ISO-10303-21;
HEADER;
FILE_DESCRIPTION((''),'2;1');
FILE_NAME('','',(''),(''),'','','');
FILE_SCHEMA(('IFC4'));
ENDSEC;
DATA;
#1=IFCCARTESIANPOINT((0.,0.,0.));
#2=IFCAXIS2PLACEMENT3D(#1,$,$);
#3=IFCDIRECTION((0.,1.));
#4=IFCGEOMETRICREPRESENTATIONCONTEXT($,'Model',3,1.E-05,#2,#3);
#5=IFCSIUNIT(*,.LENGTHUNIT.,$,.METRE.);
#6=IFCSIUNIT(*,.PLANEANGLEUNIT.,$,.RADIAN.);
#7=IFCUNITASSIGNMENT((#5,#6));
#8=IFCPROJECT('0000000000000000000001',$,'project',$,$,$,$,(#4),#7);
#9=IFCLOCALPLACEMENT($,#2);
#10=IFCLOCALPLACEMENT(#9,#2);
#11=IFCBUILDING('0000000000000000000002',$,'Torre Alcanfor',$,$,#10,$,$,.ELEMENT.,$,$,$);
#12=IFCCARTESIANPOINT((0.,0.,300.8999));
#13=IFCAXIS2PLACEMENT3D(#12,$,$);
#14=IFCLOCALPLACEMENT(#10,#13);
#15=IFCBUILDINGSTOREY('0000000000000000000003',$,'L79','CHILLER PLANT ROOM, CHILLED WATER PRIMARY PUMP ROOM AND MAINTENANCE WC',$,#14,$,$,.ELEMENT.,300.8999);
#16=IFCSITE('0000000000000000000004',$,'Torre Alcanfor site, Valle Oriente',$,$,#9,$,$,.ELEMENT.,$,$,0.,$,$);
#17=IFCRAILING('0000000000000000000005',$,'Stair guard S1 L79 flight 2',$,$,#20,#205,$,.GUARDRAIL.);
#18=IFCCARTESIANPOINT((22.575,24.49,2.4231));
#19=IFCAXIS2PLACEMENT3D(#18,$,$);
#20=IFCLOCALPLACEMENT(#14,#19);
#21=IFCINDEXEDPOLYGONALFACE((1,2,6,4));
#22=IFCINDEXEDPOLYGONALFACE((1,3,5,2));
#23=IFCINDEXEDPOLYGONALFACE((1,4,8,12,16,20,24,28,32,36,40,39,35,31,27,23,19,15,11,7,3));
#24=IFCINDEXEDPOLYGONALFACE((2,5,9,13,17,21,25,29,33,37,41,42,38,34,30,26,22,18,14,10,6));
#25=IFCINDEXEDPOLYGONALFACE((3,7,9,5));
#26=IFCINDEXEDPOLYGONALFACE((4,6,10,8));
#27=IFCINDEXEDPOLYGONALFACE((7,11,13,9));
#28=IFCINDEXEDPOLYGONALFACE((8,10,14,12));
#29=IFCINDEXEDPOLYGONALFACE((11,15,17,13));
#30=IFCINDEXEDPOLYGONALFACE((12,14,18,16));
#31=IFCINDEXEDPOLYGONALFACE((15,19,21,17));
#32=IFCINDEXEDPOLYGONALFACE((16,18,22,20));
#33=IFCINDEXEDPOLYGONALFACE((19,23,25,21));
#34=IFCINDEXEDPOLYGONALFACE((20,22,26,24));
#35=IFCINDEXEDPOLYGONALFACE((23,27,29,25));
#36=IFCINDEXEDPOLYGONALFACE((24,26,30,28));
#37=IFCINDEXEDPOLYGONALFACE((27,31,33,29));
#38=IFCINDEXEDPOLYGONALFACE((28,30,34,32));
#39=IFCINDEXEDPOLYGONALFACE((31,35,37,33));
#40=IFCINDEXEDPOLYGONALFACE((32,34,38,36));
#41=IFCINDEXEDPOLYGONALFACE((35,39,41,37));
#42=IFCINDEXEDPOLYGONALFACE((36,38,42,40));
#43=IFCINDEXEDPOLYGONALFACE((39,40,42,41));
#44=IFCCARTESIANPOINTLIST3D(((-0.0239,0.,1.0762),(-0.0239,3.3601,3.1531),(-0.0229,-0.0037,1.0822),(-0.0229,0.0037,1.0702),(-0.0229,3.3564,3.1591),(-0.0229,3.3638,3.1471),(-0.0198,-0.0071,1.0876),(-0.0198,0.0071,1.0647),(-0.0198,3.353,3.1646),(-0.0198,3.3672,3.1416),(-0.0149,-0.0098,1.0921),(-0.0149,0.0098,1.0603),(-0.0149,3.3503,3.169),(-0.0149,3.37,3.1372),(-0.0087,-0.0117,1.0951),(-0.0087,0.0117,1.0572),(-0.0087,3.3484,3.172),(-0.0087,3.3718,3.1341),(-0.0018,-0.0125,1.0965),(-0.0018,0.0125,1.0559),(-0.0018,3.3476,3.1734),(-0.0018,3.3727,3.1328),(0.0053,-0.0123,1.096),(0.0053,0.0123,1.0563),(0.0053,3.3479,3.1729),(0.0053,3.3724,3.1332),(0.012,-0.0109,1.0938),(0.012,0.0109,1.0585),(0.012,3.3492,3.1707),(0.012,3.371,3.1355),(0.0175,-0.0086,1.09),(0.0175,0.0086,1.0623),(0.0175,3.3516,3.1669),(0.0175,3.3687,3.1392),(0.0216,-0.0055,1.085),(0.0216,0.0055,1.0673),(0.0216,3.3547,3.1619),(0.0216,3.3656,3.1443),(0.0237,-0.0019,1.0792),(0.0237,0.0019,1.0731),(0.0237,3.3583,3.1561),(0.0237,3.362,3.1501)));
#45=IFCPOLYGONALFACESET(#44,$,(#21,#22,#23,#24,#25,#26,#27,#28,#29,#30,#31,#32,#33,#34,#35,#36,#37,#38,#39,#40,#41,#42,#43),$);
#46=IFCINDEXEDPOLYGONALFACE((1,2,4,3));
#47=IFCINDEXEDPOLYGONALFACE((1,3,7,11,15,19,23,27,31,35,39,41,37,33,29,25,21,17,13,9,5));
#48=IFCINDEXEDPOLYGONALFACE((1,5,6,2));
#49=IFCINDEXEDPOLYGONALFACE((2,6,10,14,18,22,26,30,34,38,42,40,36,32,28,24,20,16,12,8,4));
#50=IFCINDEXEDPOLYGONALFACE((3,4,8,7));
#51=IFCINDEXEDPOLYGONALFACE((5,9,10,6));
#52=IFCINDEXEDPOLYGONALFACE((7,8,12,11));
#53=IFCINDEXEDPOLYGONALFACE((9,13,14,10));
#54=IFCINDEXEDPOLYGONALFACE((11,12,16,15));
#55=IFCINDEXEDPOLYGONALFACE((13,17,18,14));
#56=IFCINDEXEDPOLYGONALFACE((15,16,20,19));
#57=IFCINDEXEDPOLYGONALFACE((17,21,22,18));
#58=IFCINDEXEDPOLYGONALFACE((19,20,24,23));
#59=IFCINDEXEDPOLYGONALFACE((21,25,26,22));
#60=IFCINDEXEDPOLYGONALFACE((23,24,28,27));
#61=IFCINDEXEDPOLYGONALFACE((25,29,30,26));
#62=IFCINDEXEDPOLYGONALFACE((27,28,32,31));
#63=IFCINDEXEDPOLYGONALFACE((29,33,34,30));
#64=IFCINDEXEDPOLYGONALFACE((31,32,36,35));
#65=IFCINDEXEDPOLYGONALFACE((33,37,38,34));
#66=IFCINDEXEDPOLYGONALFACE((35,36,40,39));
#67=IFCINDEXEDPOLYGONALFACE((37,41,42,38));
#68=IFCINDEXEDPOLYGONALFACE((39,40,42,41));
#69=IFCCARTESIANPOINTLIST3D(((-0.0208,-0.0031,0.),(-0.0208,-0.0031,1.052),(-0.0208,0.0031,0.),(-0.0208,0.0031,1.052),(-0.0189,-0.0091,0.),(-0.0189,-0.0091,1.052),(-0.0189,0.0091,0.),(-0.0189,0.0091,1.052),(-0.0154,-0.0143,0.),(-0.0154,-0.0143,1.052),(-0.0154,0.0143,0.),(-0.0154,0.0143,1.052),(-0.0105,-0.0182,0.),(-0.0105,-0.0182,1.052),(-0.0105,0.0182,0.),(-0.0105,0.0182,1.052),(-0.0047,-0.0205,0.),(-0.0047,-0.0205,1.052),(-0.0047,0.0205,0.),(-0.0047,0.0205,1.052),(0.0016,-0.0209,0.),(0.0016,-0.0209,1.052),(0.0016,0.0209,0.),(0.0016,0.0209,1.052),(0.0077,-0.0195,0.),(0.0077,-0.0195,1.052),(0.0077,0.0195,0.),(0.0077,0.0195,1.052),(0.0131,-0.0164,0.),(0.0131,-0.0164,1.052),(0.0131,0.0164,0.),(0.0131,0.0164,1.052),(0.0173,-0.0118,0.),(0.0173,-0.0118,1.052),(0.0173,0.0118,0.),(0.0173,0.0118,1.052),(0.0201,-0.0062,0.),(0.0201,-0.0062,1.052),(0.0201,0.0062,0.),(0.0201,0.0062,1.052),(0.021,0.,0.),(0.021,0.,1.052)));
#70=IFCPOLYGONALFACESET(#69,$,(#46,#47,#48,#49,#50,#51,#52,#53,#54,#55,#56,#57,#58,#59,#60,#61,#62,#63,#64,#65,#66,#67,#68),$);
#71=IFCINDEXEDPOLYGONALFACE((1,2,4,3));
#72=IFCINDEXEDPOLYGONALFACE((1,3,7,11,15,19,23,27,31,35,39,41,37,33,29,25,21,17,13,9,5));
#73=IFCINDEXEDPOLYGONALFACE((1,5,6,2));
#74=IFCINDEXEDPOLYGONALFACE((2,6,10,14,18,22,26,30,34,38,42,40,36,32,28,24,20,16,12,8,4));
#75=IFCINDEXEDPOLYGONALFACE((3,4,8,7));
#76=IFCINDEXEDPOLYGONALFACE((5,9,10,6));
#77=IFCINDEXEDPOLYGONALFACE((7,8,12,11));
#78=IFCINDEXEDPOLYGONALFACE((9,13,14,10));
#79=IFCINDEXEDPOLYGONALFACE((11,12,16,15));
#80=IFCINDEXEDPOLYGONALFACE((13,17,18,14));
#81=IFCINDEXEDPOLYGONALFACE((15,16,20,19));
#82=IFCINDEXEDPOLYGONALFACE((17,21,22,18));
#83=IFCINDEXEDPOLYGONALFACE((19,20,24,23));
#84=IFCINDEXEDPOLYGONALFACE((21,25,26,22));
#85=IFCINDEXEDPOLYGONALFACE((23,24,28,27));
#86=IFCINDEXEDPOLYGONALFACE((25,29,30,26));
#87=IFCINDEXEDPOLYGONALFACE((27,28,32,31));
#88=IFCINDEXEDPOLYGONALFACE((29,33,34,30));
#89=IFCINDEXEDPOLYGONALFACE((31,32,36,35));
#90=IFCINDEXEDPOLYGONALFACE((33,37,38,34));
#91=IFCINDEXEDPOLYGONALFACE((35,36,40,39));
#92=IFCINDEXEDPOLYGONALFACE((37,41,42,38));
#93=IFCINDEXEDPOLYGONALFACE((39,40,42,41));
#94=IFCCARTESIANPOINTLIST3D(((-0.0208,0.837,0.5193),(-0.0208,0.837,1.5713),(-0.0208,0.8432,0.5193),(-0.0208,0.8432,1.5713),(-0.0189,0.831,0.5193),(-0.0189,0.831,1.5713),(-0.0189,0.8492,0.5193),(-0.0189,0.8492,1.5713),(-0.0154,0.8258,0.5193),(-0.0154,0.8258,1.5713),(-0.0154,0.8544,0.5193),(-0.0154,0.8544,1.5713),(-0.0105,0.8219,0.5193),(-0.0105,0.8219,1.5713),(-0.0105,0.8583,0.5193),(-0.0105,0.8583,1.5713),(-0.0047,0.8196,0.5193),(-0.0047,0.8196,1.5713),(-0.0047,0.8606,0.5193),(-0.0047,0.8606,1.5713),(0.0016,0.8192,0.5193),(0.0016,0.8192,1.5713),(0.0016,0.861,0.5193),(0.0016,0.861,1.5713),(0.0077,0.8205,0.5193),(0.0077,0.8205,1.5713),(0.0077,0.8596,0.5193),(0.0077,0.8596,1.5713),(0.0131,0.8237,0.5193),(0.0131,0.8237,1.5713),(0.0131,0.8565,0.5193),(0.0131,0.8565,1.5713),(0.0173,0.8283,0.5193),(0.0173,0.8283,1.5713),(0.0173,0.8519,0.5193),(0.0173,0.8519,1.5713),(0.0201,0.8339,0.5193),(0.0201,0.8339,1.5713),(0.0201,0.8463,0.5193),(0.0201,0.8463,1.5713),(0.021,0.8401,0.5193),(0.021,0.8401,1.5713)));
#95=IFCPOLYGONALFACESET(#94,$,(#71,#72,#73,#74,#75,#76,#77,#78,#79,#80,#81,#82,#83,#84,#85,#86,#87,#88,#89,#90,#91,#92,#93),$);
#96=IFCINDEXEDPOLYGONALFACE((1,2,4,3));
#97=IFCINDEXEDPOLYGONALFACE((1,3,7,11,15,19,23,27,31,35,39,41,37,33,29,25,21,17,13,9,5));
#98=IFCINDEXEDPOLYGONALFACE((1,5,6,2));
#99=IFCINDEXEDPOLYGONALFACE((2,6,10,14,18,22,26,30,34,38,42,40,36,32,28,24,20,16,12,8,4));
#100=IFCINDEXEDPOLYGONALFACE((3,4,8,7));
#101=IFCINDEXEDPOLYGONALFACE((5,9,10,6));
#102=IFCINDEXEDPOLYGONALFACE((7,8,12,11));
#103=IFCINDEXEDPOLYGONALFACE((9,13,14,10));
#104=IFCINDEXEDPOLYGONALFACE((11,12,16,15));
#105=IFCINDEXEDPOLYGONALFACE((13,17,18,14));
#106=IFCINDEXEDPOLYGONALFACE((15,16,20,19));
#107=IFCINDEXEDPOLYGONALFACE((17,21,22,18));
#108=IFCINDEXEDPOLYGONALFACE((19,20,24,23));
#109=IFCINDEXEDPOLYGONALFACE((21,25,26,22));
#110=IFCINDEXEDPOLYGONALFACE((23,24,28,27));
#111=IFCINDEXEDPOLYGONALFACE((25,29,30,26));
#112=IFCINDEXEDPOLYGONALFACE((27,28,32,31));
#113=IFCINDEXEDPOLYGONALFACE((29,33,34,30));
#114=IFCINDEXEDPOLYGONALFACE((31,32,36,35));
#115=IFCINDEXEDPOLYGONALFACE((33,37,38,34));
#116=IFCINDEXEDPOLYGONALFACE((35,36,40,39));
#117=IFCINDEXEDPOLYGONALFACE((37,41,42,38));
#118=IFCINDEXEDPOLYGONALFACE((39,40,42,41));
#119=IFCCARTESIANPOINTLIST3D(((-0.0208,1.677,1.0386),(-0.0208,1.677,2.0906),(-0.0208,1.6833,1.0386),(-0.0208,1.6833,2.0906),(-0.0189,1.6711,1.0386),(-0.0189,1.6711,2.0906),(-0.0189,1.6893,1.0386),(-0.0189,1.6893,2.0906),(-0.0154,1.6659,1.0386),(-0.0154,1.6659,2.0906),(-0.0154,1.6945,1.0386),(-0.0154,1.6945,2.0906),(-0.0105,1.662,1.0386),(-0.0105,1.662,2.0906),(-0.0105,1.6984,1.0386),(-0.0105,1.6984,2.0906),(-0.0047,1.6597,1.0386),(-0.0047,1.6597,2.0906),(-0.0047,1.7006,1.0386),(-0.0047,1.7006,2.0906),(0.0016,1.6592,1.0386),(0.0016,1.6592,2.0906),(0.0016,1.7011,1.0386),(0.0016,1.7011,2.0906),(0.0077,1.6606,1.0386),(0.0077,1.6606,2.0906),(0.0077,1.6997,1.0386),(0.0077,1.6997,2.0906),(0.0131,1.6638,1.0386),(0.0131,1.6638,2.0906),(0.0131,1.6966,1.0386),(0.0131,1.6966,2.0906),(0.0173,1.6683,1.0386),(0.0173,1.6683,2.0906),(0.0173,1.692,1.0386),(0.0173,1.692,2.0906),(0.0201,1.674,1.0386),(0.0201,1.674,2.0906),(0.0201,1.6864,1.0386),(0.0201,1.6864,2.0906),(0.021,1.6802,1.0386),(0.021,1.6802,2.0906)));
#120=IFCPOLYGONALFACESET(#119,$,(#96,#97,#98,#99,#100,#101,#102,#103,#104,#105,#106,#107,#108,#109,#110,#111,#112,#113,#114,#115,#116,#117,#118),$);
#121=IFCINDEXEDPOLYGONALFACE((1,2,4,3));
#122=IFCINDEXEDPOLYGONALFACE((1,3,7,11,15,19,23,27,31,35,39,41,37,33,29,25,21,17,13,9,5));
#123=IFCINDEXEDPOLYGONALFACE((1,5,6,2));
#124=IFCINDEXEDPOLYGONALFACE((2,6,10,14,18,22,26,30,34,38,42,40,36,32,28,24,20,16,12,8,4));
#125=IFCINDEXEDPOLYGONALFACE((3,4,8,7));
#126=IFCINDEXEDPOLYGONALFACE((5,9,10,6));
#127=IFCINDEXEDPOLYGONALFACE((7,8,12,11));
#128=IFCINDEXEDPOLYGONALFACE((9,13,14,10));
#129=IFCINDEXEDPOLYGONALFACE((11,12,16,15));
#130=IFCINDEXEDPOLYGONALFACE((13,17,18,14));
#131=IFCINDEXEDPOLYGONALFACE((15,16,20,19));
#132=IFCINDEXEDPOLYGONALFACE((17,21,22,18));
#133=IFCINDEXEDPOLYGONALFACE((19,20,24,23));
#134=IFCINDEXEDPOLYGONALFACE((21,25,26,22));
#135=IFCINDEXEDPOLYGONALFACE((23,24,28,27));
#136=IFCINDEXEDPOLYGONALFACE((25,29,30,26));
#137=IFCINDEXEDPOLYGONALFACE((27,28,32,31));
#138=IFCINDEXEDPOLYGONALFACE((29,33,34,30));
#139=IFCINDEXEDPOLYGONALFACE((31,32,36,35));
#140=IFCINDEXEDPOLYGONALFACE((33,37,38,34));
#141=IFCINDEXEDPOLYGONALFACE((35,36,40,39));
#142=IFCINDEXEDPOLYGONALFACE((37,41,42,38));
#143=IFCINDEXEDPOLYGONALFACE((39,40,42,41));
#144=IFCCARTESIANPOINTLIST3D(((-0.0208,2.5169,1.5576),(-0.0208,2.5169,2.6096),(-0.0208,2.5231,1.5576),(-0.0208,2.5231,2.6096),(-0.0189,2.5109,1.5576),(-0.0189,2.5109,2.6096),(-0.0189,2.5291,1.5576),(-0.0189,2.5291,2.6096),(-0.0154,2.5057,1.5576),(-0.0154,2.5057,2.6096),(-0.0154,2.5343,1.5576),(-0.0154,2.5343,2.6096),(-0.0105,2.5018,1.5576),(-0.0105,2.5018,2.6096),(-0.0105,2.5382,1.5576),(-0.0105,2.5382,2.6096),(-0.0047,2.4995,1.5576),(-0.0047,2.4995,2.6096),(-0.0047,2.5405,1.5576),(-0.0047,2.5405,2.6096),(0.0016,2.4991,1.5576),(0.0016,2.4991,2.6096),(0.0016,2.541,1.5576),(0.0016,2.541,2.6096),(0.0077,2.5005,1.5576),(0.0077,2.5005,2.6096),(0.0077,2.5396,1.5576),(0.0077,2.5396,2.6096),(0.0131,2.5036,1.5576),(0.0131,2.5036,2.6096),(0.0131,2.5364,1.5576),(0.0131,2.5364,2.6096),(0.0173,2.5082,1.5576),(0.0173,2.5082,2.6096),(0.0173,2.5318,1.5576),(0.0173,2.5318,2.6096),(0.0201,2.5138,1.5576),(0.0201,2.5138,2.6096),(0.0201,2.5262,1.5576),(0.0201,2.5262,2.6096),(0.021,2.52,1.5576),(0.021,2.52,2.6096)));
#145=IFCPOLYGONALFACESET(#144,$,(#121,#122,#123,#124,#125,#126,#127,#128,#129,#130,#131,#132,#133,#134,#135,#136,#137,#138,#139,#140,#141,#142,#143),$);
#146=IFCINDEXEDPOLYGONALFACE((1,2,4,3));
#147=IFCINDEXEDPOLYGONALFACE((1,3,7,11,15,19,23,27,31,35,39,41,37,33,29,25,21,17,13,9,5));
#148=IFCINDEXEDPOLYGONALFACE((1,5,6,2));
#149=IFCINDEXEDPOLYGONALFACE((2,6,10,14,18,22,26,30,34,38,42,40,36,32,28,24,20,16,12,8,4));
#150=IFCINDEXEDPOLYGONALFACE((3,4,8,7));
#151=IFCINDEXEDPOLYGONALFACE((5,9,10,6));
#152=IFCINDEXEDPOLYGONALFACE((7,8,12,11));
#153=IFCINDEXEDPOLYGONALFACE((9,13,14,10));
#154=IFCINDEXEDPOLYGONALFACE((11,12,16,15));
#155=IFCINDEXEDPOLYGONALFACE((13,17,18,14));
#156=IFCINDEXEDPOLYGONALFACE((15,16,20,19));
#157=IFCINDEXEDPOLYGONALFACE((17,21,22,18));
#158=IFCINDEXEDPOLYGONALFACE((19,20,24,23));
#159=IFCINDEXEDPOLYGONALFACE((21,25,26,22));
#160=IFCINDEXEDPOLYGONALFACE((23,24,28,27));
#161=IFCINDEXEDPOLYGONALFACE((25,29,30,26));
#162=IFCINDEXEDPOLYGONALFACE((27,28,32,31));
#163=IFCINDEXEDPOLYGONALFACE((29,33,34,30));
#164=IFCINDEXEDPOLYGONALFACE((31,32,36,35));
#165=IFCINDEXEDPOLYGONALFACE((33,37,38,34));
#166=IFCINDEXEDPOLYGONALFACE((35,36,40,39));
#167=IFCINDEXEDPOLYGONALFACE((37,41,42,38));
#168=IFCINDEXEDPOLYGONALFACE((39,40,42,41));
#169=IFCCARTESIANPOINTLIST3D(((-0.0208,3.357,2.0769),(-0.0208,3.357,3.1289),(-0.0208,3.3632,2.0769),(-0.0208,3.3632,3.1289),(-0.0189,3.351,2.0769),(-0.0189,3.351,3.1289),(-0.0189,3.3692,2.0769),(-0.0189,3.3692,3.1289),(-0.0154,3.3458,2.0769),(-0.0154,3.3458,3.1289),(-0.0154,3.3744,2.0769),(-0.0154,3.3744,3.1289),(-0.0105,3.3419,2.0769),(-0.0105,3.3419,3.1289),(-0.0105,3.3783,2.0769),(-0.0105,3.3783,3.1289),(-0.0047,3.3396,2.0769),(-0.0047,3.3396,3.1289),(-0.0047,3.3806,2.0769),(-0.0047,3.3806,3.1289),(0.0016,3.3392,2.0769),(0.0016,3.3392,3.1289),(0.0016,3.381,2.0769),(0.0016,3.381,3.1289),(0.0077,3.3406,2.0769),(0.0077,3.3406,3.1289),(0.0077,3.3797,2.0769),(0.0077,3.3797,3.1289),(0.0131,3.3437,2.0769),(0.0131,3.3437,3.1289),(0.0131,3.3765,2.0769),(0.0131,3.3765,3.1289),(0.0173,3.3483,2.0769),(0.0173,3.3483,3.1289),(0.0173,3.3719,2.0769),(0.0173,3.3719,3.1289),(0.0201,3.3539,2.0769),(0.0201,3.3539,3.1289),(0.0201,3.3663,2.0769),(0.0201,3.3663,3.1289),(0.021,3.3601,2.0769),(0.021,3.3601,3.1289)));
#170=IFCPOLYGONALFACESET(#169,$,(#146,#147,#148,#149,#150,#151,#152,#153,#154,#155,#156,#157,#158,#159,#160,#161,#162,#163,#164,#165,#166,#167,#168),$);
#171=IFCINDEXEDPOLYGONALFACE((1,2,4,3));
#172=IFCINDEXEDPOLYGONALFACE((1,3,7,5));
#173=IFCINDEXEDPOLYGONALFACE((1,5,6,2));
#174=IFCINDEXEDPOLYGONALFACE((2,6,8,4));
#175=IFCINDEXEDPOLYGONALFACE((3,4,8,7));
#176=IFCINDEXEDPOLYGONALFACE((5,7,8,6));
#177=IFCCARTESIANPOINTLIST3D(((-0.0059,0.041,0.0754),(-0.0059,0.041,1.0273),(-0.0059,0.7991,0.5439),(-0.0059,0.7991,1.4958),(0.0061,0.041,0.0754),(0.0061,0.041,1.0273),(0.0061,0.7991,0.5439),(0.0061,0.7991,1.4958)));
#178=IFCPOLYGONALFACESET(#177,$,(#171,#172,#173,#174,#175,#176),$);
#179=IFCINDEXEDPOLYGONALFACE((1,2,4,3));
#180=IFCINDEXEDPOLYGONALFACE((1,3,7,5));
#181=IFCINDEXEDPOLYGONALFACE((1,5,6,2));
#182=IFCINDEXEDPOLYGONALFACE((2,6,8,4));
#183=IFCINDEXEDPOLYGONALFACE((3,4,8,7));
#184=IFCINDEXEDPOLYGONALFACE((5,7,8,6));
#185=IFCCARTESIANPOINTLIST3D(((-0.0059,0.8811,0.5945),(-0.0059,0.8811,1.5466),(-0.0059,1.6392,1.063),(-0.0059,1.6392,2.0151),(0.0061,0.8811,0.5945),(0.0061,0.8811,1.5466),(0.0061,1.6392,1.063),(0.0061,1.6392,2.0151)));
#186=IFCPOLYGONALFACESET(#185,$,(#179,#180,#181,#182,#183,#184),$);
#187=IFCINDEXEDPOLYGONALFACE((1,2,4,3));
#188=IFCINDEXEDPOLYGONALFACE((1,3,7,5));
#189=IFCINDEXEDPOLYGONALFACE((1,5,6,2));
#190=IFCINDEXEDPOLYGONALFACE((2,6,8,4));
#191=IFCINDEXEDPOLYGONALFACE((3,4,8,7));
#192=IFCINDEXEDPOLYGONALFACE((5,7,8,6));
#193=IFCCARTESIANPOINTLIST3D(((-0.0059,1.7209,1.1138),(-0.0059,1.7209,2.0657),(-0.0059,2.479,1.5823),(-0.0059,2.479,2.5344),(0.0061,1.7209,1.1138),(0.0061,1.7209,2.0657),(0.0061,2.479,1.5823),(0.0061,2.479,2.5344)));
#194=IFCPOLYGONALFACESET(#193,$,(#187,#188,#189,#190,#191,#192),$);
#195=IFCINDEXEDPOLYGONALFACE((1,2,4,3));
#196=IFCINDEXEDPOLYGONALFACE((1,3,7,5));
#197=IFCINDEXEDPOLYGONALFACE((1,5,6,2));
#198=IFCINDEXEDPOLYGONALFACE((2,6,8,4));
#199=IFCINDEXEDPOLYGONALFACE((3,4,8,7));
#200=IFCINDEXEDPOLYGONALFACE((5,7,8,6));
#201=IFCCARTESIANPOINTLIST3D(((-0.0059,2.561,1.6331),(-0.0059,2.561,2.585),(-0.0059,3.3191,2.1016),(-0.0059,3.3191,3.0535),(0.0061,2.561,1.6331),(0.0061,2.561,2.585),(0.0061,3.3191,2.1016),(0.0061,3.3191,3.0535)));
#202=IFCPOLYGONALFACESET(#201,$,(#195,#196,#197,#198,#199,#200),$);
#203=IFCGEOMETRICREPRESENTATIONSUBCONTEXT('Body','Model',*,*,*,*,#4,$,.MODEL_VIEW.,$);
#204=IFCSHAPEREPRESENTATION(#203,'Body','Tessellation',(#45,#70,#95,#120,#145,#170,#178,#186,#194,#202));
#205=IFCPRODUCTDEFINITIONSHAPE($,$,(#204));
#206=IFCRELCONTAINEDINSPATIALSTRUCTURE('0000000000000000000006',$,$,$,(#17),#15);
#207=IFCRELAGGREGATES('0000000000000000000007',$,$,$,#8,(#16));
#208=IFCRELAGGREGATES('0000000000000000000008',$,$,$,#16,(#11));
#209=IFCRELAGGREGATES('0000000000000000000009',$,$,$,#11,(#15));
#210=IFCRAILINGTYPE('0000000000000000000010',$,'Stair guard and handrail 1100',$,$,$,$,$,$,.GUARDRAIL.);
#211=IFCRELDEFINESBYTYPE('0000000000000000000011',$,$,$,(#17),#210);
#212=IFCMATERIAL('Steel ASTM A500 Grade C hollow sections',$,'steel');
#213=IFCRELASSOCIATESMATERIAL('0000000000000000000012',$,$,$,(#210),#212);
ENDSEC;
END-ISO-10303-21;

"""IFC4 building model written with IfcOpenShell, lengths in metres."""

from ifc_helpers import new_model, si_unit, direction, frame, origin, origin_2d, place, context, subcontext, project, spatial, polyline, circle, outline, extrude, material, type_object, element, save


model = new_model("IFC4")

# Units and contexts
model_context = context("Model", 3, precision=1e-05, world=origin(), true_north=direction((0.0, 1.0)))
body_context = subcontext(model_context, "Body", "Model", "MODEL_VIEW")
ifc_project = project(units=[si_unit("LENGTHUNIT", "METRE"), si_unit("PLANEANGLEUNIT", "RADIAN")], contexts=[model_context])

# Site, building, storey
site_placement = place(None, origin())
site = spatial("IfcSite", under=ifc_project, at=site_placement, Name="Torre Alcanfor site, Valle Oriente", CompositionType="ELEMENT", RefElevation=0.0)
building_placement = place(site_placement, origin())
building = spatial("IfcBuilding", under=site, at=building_placement, Name="Torre Alcanfor", CompositionType="ELEMENT")
storey_placement = place(building_placement, frame((0.0, 0.0, 300.8999)))
storey = spatial("IfcBuildingStorey", under=building, at=storey_placement, Name="L79", Description="CHILLER PLANT ROOM, CHILLED WATER PRIMARY PUMP ROOM AND MAINTENANCE WC", CompositionType="ELEMENT", Elevation=300.8999)

# Railing
ifc_material_1 = material(Name="Steel ASTM A500 Grade C hollow sections", Category="steel")
railing_type_1 = type_object("IfcRailingType", Name="Stair guard and handrail 1100", PredefinedType="GUARDRAIL", material=ifc_material_1)
railing_1_placement = place(storey_placement, frame((22.575, 24.49, 2.4231)))
element("IfcRailing", 1, at=railing_1_placement, inside=storey, type_object=railing_type_1, Name="Stair guard S1 L79 flight 2", PredefinedType="GUARDRAIL", context=body_context, shape_type="SweptSolid", body=[
    extrude(circle(Radius=0.0239, at=origin_2d()), frame((0.0, 0.0, 1.0762), z_axis=(0.0, 0.850623, 0.525776), x_axis=(-1.0, 0.0, 0.0)), (0.0, 0.0, 1.0), 3.9502),
    extrude(circle(Radius=0.021, at=origin_2d()), origin(), (0.0, 0.0, 1.0), 1.052),
    extrude(circle(Radius=0.021, at=origin_2d()), frame((0.0, 0.8401, 0.5193)), (0.0, 0.0, 1.0), 1.052),
    extrude(circle(Radius=0.021, at=origin_2d()), frame((0.0, 1.6802, 1.0386)), (0.0, 0.0, 1.0), 1.052),
    extrude(circle(Radius=0.021, at=origin_2d()), frame((0.0, 2.52, 1.5576)), (0.0, 0.0, 1.0), 1.052),
    extrude(circle(Radius=0.021, at=origin_2d()), frame((0.0, 3.3601, 2.0769)), (0.0, 0.0, 1.0), 1.052),
    extrude(outline(polyline([(0.041, 0.0754), (0.7991, 0.5439), (0.7991, 1.4958), (0.041, 1.0273), (0.041, 0.0754)])), frame((-0.0059, 0.0, 0.0), z_axis=(1.0, 0.0, 0.0), x_axis=(0.0, 1.0, 0.0)), (0.0, 0.0, 1.0), 0.012),
    extrude(outline(polyline([(0.8811, 0.5945), (1.6392, 1.063), (1.6392, 2.0151), (0.8811, 1.5466), (0.8811, 0.5945)])), frame((-0.0059, 0.0, 0.0), z_axis=(1.0, 0.0, 0.0), x_axis=(0.0, 1.0, 0.0)), (0.0, 0.0, 1.0), 0.012),
    extrude(outline(polyline([(1.7209, 1.1138), (2.479, 1.5823), (2.479, 2.5344), (1.7209, 2.0657), (1.7209, 1.1138)])), frame((-0.0059, 0.0, 0.0), z_axis=(1.0, 0.0, 0.0), x_axis=(0.0, 1.0, 0.0)), (0.0, 0.0, 1.0), 0.012),
    extrude(outline(polyline([(2.561, 1.6331), (3.3191, 2.1016), (3.3191, 3.0535), (2.561, 2.585), (2.561, 1.6331)])), frame((-0.0059, 0.0, 0.0), z_axis=(1.0, 0.0, 0.0), x_axis=(0.0, 1.0, 0.0)), (0.0, 0.0, 1.0), 0.012),
])

save(model, "model.ifc")
